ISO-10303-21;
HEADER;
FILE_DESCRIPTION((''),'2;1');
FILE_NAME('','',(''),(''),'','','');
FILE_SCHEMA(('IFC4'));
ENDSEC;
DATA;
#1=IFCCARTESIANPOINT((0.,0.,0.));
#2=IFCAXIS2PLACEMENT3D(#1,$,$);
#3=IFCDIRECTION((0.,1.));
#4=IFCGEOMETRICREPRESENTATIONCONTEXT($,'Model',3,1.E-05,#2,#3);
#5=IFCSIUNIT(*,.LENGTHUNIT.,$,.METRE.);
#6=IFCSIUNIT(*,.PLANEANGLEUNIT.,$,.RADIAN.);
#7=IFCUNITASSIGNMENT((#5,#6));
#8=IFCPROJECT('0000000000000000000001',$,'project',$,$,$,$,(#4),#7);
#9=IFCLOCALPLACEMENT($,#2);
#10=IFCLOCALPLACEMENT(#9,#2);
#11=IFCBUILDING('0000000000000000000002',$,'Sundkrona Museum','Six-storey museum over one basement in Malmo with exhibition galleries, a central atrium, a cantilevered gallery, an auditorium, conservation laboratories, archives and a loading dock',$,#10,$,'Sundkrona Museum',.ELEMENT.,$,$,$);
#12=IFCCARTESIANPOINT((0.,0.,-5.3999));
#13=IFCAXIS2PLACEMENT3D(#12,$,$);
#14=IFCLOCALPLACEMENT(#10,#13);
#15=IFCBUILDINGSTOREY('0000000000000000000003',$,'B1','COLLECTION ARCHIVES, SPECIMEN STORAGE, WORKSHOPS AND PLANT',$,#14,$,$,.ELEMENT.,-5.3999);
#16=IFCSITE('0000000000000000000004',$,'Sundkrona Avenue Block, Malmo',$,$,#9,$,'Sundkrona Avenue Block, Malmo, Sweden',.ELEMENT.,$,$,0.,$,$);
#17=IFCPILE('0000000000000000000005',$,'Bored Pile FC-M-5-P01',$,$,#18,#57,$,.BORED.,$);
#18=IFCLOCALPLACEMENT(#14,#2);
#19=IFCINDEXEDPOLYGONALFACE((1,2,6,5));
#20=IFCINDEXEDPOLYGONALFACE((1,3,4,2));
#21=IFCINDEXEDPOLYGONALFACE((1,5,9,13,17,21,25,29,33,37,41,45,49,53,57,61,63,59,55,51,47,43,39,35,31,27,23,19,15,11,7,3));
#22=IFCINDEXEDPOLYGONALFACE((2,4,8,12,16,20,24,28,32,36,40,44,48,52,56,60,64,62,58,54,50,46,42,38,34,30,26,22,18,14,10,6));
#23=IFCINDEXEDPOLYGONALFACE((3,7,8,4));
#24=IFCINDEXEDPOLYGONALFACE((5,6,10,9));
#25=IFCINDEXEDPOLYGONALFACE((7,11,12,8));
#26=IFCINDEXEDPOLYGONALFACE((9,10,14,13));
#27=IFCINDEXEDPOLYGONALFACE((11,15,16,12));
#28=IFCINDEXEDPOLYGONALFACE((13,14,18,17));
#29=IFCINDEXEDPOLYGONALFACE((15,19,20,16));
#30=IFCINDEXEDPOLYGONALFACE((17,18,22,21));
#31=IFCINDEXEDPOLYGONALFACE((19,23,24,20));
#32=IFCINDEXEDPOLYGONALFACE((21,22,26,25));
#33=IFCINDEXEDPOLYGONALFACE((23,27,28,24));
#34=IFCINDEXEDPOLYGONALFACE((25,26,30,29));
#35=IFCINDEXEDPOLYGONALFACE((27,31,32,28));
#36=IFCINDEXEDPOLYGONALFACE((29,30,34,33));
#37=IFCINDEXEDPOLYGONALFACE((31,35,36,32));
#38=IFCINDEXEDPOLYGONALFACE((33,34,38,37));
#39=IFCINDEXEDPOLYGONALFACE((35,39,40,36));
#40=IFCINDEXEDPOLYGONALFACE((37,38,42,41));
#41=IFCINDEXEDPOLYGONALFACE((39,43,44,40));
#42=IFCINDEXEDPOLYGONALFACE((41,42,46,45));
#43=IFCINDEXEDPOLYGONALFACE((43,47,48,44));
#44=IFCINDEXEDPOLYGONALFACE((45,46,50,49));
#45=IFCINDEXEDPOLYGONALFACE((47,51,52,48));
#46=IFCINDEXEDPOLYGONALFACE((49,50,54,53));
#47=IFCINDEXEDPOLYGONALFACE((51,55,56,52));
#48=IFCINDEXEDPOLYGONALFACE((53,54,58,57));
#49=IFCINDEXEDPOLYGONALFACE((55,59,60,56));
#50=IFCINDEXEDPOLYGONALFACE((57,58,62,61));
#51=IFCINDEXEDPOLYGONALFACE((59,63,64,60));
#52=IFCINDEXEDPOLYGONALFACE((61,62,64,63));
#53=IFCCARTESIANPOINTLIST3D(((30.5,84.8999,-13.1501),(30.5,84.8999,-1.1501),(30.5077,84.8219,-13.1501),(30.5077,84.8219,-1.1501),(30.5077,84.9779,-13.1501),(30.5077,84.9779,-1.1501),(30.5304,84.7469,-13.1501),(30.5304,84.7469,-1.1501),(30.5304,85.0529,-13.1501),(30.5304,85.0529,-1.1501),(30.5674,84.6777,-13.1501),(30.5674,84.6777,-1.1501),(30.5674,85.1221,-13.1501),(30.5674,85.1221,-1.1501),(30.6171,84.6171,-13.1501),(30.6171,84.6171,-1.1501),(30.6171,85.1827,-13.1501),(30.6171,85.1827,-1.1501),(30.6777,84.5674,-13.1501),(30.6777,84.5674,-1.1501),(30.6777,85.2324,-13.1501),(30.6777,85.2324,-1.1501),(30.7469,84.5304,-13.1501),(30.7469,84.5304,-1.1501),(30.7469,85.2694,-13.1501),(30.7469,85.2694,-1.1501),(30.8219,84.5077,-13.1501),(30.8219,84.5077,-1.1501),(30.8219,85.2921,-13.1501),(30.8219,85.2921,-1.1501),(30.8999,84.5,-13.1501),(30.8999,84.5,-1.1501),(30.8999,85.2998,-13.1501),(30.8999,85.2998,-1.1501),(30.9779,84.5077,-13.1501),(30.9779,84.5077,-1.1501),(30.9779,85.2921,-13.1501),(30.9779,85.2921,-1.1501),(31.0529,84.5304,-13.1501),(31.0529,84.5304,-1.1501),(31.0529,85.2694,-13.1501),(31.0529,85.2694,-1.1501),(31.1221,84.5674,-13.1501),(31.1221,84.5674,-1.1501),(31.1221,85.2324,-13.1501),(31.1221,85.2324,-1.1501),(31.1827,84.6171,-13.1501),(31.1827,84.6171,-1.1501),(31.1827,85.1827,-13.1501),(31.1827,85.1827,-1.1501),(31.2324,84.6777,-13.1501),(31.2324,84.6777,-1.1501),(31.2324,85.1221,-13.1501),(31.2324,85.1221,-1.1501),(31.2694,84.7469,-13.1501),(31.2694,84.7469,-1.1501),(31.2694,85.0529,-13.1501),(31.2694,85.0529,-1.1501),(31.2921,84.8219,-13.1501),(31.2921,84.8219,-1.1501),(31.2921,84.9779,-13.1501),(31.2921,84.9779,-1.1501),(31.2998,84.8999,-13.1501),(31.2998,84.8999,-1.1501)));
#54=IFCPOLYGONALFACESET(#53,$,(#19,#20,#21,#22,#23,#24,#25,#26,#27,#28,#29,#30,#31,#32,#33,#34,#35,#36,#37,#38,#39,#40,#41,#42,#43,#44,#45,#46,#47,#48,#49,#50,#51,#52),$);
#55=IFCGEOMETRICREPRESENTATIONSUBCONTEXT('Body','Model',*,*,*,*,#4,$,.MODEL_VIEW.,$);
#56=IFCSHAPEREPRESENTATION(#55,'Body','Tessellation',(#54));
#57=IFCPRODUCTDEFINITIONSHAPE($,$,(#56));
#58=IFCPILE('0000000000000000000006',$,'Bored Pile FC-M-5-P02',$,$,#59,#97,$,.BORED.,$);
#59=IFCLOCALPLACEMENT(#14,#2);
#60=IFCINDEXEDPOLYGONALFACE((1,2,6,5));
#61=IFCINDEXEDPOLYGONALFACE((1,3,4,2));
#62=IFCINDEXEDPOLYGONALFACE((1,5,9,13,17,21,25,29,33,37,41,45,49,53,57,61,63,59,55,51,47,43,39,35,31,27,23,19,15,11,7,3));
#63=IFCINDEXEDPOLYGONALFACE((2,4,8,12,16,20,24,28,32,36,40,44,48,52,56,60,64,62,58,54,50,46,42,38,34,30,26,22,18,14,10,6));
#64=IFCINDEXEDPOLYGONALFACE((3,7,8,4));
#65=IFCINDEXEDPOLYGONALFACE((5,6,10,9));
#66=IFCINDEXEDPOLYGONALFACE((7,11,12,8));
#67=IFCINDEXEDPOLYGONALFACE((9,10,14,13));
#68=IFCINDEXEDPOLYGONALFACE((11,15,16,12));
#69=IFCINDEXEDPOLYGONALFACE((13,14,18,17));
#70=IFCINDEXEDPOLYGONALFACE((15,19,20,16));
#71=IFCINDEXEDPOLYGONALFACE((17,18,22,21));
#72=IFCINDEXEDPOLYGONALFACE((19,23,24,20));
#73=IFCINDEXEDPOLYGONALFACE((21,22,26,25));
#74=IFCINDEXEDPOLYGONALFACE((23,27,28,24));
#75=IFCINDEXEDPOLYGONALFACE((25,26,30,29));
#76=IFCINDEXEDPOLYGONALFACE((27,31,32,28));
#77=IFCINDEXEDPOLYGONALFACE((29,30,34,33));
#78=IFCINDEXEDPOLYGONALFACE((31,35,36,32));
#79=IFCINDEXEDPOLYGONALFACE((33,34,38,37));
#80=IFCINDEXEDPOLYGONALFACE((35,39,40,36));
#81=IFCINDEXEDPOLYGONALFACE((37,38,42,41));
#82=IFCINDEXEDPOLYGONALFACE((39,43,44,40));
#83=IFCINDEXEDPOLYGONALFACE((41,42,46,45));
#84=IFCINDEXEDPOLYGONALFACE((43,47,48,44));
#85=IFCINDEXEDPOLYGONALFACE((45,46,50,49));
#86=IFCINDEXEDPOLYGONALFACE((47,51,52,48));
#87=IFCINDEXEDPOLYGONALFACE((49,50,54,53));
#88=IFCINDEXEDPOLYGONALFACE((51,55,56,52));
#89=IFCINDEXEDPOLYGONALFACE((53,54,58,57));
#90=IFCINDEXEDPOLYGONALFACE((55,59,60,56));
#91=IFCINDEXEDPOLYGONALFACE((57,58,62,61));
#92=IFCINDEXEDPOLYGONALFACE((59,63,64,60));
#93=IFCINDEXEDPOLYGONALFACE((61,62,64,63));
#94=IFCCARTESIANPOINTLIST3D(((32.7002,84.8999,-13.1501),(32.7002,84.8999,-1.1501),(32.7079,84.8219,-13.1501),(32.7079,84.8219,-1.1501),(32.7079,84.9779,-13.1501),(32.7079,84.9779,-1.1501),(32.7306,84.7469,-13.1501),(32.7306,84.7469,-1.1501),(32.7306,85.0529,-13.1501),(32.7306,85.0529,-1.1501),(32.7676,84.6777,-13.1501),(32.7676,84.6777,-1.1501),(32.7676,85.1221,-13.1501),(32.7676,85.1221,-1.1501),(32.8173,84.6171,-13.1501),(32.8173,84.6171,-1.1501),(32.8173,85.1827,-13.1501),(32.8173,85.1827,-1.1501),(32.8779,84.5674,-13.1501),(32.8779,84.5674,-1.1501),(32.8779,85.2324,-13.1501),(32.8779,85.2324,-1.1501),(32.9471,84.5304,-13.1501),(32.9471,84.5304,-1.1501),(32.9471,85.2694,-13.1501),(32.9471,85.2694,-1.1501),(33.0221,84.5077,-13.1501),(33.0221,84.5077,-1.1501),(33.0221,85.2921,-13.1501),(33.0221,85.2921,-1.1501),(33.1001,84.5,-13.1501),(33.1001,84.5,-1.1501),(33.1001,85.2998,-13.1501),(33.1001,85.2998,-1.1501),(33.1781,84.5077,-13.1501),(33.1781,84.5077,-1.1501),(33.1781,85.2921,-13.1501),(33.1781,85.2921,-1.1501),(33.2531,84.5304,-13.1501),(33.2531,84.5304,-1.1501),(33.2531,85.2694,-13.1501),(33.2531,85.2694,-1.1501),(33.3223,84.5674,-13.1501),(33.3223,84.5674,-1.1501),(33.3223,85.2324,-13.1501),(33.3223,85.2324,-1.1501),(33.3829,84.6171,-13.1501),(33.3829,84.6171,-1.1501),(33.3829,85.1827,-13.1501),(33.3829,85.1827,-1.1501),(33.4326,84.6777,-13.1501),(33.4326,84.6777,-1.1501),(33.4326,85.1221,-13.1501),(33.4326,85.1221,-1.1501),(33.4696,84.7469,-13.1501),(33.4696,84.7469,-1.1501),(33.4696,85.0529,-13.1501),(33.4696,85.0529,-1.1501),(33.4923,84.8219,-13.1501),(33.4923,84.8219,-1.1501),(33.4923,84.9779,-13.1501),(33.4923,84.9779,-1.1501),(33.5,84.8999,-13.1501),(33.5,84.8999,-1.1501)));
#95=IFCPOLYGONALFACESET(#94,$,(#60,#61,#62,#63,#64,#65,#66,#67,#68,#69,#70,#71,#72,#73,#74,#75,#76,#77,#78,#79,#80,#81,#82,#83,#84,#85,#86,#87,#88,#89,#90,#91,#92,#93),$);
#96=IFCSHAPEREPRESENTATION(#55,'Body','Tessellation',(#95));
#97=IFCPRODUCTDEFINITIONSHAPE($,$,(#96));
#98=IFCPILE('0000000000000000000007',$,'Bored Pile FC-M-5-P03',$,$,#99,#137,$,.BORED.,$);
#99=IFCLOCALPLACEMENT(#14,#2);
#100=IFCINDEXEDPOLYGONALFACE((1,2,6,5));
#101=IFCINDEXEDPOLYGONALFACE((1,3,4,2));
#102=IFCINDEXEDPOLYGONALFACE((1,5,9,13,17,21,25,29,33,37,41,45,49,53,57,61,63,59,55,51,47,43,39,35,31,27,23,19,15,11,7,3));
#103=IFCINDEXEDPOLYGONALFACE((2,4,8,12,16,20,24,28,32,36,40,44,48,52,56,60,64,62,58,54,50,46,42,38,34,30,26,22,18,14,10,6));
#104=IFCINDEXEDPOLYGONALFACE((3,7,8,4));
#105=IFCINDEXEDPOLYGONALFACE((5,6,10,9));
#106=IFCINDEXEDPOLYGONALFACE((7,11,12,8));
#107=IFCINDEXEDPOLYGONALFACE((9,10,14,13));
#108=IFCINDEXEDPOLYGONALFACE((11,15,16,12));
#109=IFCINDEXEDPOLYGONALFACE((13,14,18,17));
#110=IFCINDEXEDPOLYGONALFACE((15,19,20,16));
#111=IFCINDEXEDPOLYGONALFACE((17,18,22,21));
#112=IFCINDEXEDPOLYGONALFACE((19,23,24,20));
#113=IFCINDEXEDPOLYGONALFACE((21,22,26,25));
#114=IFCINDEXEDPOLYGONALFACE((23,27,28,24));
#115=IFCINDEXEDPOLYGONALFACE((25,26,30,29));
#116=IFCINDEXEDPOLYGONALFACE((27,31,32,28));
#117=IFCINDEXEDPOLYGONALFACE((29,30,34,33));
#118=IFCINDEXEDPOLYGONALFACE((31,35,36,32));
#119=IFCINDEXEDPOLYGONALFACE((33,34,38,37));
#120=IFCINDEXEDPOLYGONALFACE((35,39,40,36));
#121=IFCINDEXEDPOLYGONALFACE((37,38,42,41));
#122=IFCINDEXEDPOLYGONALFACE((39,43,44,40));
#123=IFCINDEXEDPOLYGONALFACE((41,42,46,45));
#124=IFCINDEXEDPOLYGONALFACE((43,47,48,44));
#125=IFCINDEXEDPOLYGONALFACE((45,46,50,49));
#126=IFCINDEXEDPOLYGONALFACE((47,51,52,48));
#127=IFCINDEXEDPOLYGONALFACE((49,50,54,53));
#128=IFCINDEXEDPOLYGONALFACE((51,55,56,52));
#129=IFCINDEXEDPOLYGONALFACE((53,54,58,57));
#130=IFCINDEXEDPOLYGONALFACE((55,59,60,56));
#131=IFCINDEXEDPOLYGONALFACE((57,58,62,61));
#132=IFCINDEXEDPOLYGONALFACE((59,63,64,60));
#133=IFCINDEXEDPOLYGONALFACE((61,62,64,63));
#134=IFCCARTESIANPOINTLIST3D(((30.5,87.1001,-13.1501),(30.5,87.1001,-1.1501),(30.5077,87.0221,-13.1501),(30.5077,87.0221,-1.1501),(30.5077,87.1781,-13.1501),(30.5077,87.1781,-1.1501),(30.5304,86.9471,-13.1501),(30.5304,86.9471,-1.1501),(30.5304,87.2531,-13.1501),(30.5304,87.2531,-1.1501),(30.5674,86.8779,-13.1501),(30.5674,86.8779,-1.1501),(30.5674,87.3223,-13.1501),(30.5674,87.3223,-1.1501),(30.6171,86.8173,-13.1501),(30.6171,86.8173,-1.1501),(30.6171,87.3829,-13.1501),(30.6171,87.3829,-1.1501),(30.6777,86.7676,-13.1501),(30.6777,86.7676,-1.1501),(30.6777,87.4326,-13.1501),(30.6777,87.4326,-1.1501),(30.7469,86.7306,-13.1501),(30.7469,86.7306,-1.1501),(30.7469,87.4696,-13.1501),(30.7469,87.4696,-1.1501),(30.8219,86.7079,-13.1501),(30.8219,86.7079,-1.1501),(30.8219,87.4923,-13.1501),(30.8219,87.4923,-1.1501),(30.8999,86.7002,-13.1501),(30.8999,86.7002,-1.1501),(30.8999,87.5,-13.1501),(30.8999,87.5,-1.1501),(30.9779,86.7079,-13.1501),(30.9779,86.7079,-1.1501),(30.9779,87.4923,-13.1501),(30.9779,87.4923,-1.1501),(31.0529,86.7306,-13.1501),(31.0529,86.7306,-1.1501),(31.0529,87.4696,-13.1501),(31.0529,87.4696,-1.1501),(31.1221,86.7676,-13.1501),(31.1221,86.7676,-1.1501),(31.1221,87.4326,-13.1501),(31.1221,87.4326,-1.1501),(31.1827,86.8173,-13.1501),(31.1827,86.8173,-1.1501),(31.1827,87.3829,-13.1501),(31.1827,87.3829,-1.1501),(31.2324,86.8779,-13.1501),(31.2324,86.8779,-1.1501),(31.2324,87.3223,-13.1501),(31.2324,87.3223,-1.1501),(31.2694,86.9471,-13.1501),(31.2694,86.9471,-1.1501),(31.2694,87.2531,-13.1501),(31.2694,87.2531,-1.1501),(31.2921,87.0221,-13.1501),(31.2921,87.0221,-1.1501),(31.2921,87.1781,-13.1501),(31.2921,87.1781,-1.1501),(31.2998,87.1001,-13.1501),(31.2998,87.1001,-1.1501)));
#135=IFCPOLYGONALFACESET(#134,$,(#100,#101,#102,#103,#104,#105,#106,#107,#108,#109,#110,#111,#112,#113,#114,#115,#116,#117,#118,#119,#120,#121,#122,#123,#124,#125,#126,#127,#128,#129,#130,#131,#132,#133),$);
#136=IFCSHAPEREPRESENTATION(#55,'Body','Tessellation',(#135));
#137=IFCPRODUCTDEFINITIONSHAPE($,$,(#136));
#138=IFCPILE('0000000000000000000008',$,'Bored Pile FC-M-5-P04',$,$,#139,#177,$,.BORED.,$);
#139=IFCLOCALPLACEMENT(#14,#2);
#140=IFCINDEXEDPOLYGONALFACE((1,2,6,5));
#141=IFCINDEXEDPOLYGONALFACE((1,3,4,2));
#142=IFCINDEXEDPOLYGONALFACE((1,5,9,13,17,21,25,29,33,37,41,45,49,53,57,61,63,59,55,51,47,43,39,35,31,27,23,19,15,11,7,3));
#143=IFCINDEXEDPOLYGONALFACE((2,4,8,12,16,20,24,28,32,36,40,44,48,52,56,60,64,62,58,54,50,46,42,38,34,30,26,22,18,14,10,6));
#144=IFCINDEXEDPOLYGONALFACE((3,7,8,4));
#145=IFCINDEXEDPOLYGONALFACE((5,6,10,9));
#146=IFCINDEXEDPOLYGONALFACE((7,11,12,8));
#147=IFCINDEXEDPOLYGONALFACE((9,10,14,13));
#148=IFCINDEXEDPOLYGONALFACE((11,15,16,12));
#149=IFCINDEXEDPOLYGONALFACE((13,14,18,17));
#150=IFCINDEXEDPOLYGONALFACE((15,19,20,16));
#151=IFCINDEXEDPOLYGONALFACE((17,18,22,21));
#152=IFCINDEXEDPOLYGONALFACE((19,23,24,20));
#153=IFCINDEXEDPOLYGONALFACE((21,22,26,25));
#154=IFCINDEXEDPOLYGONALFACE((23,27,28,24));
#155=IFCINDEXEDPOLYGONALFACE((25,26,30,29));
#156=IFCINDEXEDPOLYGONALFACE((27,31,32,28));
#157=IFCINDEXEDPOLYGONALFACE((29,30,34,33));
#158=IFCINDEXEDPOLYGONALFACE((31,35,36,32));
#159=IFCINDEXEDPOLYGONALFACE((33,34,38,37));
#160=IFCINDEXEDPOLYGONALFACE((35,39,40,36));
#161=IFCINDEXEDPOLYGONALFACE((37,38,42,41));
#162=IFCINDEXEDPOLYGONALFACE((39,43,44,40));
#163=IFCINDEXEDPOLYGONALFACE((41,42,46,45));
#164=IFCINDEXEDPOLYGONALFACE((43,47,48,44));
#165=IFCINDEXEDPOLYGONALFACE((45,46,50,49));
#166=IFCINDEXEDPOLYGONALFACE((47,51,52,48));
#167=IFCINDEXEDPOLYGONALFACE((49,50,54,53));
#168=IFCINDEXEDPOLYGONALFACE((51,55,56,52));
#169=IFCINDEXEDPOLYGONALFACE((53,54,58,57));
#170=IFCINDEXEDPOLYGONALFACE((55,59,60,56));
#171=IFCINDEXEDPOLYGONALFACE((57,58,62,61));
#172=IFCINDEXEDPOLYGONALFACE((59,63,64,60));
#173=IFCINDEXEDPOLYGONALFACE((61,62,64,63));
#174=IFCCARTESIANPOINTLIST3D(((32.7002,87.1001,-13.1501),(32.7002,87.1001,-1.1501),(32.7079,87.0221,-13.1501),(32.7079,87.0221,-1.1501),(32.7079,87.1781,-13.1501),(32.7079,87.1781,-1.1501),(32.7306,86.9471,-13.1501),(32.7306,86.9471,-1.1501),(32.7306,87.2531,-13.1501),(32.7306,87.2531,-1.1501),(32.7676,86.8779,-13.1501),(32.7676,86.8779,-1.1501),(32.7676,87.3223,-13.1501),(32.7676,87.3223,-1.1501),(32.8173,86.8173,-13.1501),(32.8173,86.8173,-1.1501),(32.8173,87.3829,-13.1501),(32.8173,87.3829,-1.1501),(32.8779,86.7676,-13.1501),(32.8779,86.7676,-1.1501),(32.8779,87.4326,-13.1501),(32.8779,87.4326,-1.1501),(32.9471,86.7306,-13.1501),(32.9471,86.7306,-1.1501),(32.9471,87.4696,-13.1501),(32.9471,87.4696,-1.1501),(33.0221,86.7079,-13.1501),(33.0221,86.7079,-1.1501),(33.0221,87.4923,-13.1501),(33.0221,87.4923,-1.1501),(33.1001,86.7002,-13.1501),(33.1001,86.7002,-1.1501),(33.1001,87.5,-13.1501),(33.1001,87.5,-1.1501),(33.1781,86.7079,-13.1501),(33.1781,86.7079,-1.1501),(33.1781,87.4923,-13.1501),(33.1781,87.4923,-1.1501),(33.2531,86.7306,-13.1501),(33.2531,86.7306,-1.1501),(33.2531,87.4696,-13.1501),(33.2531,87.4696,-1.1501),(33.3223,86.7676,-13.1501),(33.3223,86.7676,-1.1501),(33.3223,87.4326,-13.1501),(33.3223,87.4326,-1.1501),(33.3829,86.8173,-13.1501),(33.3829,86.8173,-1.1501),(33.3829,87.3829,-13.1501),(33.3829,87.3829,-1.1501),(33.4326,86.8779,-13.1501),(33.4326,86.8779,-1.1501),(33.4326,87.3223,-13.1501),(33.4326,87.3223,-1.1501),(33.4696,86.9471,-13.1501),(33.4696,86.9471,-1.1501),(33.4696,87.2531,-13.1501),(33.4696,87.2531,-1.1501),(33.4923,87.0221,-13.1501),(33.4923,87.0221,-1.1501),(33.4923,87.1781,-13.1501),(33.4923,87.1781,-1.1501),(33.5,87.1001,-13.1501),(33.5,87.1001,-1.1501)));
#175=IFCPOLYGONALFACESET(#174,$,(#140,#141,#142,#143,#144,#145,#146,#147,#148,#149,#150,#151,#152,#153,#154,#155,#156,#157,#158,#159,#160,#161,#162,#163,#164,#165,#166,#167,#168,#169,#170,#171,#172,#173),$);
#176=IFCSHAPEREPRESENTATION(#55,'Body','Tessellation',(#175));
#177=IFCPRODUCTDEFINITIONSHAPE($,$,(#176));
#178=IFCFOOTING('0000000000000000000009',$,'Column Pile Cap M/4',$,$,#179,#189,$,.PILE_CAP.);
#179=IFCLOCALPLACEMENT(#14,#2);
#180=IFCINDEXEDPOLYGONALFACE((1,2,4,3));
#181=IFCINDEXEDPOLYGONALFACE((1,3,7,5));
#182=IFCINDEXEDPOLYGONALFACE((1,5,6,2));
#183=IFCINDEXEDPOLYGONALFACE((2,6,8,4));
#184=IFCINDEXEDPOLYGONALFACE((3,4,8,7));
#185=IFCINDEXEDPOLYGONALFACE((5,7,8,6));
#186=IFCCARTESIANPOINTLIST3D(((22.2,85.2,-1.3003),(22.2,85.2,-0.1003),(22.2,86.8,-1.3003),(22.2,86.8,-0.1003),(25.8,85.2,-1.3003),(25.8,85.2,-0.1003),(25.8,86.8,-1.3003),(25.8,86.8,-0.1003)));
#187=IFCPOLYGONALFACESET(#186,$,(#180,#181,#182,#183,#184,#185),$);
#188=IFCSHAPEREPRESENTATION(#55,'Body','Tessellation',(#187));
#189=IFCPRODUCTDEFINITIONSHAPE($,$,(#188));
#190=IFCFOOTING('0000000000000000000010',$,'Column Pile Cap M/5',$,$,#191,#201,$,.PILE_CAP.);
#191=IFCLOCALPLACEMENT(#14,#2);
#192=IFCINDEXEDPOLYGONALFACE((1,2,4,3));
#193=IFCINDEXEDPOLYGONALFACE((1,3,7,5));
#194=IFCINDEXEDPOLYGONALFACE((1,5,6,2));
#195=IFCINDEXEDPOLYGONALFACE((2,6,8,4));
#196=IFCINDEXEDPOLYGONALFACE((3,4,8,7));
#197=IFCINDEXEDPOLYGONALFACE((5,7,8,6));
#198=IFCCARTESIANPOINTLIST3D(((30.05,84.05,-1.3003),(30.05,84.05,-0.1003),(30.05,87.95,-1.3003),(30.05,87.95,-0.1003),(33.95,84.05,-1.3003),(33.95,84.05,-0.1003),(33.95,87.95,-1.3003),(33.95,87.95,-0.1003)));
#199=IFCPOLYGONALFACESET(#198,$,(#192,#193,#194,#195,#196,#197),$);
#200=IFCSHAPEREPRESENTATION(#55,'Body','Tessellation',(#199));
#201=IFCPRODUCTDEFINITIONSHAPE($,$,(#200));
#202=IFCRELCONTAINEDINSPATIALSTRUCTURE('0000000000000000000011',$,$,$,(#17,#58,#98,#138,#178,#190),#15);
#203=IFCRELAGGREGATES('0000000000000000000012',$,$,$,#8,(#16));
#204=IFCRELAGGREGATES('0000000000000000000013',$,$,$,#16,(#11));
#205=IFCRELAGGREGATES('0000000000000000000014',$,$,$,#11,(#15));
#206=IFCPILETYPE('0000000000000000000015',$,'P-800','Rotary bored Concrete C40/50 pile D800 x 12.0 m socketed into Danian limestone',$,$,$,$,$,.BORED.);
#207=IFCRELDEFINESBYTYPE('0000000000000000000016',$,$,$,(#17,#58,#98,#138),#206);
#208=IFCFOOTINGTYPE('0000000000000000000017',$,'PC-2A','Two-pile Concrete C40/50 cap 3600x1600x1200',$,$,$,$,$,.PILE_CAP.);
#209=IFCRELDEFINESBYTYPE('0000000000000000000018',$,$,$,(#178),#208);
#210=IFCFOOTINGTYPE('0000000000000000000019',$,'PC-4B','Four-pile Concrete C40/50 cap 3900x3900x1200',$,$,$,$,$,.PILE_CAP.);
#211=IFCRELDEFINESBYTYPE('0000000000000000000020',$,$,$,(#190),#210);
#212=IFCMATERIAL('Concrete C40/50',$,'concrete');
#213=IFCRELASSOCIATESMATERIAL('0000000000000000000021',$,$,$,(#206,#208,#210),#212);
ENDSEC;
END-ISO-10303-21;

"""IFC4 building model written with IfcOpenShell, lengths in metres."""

from ifc_helpers import new_model, si_unit, direction, frame, origin, origin_2d, place, context, subcontext, project, spatial, rectangle, circle, extrude, material, material_profile, profile_set, type_object, element, save


model = new_model("IFC4")

# Units and contexts
model_context = context("Model", 3, precision=1e-05, world=origin(), true_north=direction((0.0, 1.0)))
body_context = subcontext(model_context, "Body", "Model", "MODEL_VIEW")
ifc_project = project(units=[si_unit("LENGTHUNIT", "METRE"), si_unit("PLANEANGLEUNIT", "RADIAN")], contexts=[model_context])

# Site, building, storey
site_placement = place(None, origin())
site = spatial("IfcSite", under=ifc_project, at=site_placement, Name="Sundkrona Avenue Block, Malmo", LongName="Sundkrona Avenue Block, Malmo, Sweden", CompositionType="ELEMENT", RefElevation=0.0)
building_placement = place(site_placement, origin())
building = spatial("IfcBuilding", under=site, at=building_placement, Name="Sundkrona Museum", Description="Six-storey museum over one basement in Malmo with exhibition galleries, a central atrium, a cantilevered gallery, an auditorium, conservation laboratories, archives and a loading dock", LongName="Sundkrona Museum", CompositionType="ELEMENT")
storey_placement = place(building_placement, frame((0.0, 0.0, -5.3999)))
storey = spatial("IfcBuildingStorey", under=building, at=storey_placement, Name="B1", Description="COLLECTION ARCHIVES, SPECIMEN STORAGE, WORKSHOPS AND PLANT", CompositionType="ELEMENT", Elevation=-5.3999)

# Shared definitions
ifc_material_1 = material(Name="Concrete C40/50", Category="concrete")

# Piles
ifc_material_profile_1 = material_profile(ifc_material_1, circle(Radius=0.3999, at=origin_2d()), Name="PILE D800")
ifc_profile_set_1 = profile_set([ifc_material_profile_1], Name="Concrete C40/50")
pile_type = type_object("IfcPileType", Name="P-800", Description="Rotary bored Concrete C40/50 pile D800 x 12.0 m socketed into Danian limestone", PredefinedType="BORED", material=ifc_profile_set_1)
for number, where, z_axis, x_axis, name in (
    (1, (30.8999, 84.8999, -1.1501), (0.0, 0.0, -1.0), (1.0, 0.0, 0.0), "Bored Pile FC-M-5-P01"),
    (2, (33.1001, 84.8999, -1.1501), (0.0, 0.0, -1.0), (1.0, 0.0, 0.0), "Bored Pile FC-M-5-P02"),
    (3, (30.8999, 87.1001, -1.1501), (0.0, 0.0, -1.0), (1.0, 0.0, 0.0), "Bored Pile FC-M-5-P03"),
    (4, (33.1001, 87.1001, -1.1501), (0.0, 0.0, -1.0), (1.0, 0.0, 0.0), "Bored Pile FC-M-5-P04"),
):
    element("IfcPile", number, at=place(storey_placement, frame(where, z_axis=z_axis, x_axis=x_axis)), inside=storey, type_object=pile_type, Name=name, PredefinedType="BORED", context=body_context, shape_type="SweptSolid", body=[
        extrude(circle(Radius=0.3999, at=origin_2d()), origin(), (0.0, 0.0, 1.0), 12.0),
    ])

# Footings
footing_type_1 = type_object("IfcFootingType", Name="PC-2A", Description="Two-pile Concrete C40/50 cap 3600x1600x1200", PredefinedType="PILE_CAP", material=ifc_material_1)
footing_1_placement = place(storey_placement, frame((24.0, 86.0, -1.3003), z_axis=(0.0, 0.0, 1.0), x_axis=(1.0, 0.0, 0.0)))
element("IfcFooting", 5, at=footing_1_placement, inside=storey, type_object=footing_type_1, Name="Column Pile Cap M/4", PredefinedType="PILE_CAP", context=body_context, shape_type="SweptSolid", body=[
    extrude(rectangle(XDim=3.6001, YDim=1.6001, at=origin_2d()), origin(), (0.0, 0.0, 1.0), 1.2),
])
footing_type_2 = type_object("IfcFootingType", Name="PC-4B", Description="Four-pile Concrete C40/50 cap 3900x3900x1200", PredefinedType="PILE_CAP", material=ifc_material_1)
footing_2_placement = place(storey_placement, frame((32.0, 86.0, -1.3003), z_axis=(0.0, 0.0, 1.0), x_axis=(1.0, 0.0, 0.0)))
element("IfcFooting", 6, at=footing_2_placement, inside=storey, type_object=footing_type_2, Name="Column Pile Cap M/5", PredefinedType="PILE_CAP", context=body_context, shape_type="SweptSolid", body=[
    extrude(rectangle(XDim=3.8999, YDim=3.8999, at=origin_2d()), origin(), (0.0, 0.0, 1.0), 1.2),
])

save(model, "model.ifc")
